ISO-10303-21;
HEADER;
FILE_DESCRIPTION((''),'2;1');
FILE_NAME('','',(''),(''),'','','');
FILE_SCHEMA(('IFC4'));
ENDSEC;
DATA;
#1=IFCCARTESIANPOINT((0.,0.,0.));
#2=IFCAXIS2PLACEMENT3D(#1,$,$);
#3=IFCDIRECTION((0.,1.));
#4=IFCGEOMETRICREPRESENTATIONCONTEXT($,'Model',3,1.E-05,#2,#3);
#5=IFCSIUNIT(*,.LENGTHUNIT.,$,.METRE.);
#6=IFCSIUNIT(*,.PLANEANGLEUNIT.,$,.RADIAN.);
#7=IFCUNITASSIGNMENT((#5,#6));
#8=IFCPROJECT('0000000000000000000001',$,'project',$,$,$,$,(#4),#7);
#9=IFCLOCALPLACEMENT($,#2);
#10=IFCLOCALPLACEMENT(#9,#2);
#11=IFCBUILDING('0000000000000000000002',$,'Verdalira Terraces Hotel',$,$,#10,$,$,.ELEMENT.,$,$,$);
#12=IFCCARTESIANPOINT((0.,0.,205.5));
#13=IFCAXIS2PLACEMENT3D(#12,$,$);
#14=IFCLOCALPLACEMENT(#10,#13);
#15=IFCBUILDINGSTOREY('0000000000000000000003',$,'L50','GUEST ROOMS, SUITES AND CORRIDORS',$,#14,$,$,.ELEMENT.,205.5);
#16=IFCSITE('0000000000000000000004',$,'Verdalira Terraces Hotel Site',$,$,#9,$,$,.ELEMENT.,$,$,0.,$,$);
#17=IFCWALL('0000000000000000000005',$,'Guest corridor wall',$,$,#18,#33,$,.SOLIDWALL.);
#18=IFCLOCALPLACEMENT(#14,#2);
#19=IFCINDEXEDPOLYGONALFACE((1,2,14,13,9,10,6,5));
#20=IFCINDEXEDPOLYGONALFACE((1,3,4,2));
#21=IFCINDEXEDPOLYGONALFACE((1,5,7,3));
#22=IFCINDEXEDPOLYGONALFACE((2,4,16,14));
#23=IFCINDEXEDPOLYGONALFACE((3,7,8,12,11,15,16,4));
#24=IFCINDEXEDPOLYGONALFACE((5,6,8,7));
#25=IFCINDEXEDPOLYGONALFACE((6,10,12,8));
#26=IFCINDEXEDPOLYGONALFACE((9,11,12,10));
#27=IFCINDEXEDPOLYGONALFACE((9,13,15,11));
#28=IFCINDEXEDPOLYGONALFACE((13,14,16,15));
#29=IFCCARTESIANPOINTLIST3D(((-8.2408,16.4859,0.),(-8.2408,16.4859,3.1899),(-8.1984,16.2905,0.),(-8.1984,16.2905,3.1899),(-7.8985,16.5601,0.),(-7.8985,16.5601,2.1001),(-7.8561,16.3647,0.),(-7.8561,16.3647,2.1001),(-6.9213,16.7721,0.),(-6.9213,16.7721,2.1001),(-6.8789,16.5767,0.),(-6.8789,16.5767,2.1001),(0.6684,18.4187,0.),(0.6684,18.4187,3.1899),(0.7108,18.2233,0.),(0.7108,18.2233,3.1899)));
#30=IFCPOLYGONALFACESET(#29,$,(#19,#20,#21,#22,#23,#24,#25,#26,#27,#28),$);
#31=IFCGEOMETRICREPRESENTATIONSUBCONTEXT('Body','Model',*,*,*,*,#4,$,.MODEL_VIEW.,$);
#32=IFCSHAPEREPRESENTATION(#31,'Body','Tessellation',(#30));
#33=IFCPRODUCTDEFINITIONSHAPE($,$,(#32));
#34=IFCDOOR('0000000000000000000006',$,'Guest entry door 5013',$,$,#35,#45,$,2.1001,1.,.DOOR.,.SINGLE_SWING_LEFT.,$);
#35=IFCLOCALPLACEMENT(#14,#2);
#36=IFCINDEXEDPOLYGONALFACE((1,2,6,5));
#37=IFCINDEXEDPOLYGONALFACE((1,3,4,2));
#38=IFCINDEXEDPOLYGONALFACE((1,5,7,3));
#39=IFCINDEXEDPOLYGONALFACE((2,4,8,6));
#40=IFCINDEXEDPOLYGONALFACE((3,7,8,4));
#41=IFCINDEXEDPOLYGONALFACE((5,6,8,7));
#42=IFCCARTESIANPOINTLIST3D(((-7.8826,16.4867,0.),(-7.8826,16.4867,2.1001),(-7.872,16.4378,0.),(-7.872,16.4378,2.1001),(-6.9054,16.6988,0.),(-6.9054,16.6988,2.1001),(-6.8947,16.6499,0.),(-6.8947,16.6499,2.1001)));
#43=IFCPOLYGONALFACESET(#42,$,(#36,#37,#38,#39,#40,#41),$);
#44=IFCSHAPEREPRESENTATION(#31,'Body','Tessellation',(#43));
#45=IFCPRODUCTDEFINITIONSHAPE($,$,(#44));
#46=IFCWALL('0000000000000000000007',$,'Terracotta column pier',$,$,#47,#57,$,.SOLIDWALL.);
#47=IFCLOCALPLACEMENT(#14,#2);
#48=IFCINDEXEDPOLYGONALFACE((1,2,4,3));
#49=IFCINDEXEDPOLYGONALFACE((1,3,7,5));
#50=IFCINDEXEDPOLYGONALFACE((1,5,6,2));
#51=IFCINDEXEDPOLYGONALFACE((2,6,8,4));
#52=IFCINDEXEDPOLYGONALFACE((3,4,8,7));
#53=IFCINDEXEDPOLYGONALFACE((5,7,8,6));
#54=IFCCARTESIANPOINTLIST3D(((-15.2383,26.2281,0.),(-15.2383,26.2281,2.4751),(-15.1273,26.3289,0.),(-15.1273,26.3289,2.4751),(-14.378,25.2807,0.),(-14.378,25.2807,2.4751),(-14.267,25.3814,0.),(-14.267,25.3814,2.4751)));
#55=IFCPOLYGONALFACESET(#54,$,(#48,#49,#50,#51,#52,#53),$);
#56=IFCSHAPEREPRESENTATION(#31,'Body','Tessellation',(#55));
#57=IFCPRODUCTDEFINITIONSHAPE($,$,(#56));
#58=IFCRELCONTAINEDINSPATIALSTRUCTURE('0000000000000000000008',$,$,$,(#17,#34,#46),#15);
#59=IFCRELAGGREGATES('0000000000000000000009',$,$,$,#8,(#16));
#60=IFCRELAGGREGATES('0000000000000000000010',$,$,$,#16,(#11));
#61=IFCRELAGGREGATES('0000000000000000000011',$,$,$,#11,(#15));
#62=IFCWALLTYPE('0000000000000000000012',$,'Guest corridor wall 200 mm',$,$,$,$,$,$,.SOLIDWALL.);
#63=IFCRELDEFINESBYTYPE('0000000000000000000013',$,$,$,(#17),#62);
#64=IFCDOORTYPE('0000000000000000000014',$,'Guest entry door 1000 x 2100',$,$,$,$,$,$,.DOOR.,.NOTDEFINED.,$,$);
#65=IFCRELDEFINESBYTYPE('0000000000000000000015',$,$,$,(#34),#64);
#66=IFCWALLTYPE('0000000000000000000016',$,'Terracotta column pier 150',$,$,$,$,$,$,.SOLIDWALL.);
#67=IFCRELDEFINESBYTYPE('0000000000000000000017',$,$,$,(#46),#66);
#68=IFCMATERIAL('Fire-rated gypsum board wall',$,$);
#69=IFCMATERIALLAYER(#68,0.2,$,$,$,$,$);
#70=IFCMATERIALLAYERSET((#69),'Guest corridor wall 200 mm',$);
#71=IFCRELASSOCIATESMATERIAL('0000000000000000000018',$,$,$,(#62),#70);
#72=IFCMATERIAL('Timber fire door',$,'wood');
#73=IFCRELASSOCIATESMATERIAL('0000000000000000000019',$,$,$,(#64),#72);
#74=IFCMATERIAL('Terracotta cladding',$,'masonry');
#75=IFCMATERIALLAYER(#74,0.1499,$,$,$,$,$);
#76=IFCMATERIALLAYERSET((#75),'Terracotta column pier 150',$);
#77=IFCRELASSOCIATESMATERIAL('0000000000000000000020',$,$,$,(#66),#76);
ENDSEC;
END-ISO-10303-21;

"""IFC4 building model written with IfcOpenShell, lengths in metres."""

from ifc_helpers import new_model, si_unit, direction, frame, frame_2d, origin, place, context, subcontext, project, spatial, rectangle, extrude, material, layer, layer_set, type_object, element, fill, save


model = new_model("IFC4")

# Units and contexts
model_context = context("Model", 3, precision=1e-05, world=origin(), true_north=direction((0.0, 1.0)))
body_context = subcontext(model_context, "Body", "Model", "MODEL_VIEW")
ifc_project = project(units=[si_unit("LENGTHUNIT", "METRE"), si_unit("PLANEANGLEUNIT", "RADIAN")], contexts=[model_context])

# Site, building, storey
site_placement = place(None, origin())
site = spatial("IfcSite", under=ifc_project, at=site_placement, Name="Verdalira Terraces Hotel Site", CompositionType="ELEMENT", RefElevation=0.0)
building_placement = place(site_placement, origin())
building = spatial("IfcBuilding", under=site, at=building_placement, Name="Verdalira Terraces Hotel", CompositionType="ELEMENT")
storey_placement = place(building_placement, frame((0.0, 0.0, 205.5)))
storey = spatial("IfcBuildingStorey", under=building, at=storey_placement, Name="L50", Description="GUEST ROOMS, SUITES AND CORRIDORS", CompositionType="ELEMENT", Elevation=205.5)

# Wall, opening, door
ifc_material_1 = material(Name="Fire-rated gypsum board wall")
ifc_layer_1 = layer(ifc_material_1, 0.2)
ifc_layer_set_1 = layer_set([ifc_layer_1], Name="Guest corridor wall 200 mm")
wall_type_1 = type_object("IfcWallType", Name="Guest corridor wall 200 mm", PredefinedType="SOLIDWALL", material=ifc_layer_set_1)
wall_1_placement = place(storey_placement, frame((-8.2195, 16.3882, 0.0), z_axis=(0.0, 0.0, 1.0), x_axis=(0.977265, 0.212019, 0.0)))
wall_1 = element("IfcWall", 1, at=wall_1_placement, inside=storey, type_object=wall_type_1, Name="Guest corridor wall", PredefinedType="SOLIDWALL", context=body_context, shape_type="SweptSolid", body=[
    extrude(rectangle(XDim=9.1165, YDim=0.2, at=frame_2d((4.5581, 0.0))), origin(), (0.0, 0.0, 1.0), 3.1899),
])
opening_1_placement = place(wall_1_placement, frame((0.3501, 0.0, 0.0)))
opening_1 = element("IfcOpeningElement", 2, at=opening_1_placement, cuts=wall_1, PredefinedType="OPENING", context=body_context, shape_type="SweptSolid", body=[
    extrude(rectangle(XDim=1.0, YDim=2.1001, at=frame_2d((0.5, 1.05))), frame((0.0, 0.1099, 0.0), z_axis=(0.0, -1.0, 0.0), x_axis=(1.0, 0.0, 0.0)), (0.0, 0.0, 1.0), 0.22),
])
ifc_material_2 = material(Name="Timber fire door", Category="wood")
door_type_1 = type_object("IfcDoorType", Name="Guest entry door 1000 x 2100", OperationType="NOTDEFINED", PredefinedType="DOOR", material=ifc_material_2)
door_1_placement = place(opening_1_placement, origin())
door_1 = element("IfcDoor", 3, at=door_1_placement, inside=storey, type_object=door_type_1, Name="Guest entry door 5013", OperationType="SINGLE_SWING_LEFT", OverallHeight=2.1001, OverallWidth=1.0, PredefinedType="DOOR", context=body_context, shape_type="SweptSolid", body=[
    extrude(rectangle(XDim=1.0, YDim=2.1001, at=frame_2d((0.5, 1.05))), frame((0.0, 0.0249, 0.0), z_axis=(0.0, -1.0, 0.0), x_axis=(1.0, 0.0, 0.0)), (0.0, 0.0, 1.0), 0.05),
])
fill(opening_1, door_1)

# Wall
ifc_material_3 = material(Name="Terracotta cladding", Category="masonry")
ifc_layer_2 = layer(ifc_material_3, 0.1499)
ifc_layer_set_2 = layer_set([ifc_layer_2], Name="Terracotta column pier 150")
wall_type_2 = type_object("IfcWallType", Name="Terracotta column pier 150", PredefinedType="SOLIDWALL", material=ifc_layer_set_2)
wall_2_placement = place(storey_placement, frame((-14.3225, 25.3311, 0.0), z_axis=(0.0, 0.0, 1.0), x_axis=(-0.672236, 0.740337, 0.0)))
element("IfcWall", 4, at=wall_2_placement, inside=storey, type_object=wall_type_2, Name="Terracotta column pier", PredefinedType="SOLIDWALL", context=body_context, shape_type="SweptSolid", body=[
    extrude(rectangle(XDim=1.2798, YDim=0.1499, at=frame_2d((0.6399, 0.0))), origin(), (0.0, 0.0, 1.0), 2.4751),
])

save(model, "model.ifc")
